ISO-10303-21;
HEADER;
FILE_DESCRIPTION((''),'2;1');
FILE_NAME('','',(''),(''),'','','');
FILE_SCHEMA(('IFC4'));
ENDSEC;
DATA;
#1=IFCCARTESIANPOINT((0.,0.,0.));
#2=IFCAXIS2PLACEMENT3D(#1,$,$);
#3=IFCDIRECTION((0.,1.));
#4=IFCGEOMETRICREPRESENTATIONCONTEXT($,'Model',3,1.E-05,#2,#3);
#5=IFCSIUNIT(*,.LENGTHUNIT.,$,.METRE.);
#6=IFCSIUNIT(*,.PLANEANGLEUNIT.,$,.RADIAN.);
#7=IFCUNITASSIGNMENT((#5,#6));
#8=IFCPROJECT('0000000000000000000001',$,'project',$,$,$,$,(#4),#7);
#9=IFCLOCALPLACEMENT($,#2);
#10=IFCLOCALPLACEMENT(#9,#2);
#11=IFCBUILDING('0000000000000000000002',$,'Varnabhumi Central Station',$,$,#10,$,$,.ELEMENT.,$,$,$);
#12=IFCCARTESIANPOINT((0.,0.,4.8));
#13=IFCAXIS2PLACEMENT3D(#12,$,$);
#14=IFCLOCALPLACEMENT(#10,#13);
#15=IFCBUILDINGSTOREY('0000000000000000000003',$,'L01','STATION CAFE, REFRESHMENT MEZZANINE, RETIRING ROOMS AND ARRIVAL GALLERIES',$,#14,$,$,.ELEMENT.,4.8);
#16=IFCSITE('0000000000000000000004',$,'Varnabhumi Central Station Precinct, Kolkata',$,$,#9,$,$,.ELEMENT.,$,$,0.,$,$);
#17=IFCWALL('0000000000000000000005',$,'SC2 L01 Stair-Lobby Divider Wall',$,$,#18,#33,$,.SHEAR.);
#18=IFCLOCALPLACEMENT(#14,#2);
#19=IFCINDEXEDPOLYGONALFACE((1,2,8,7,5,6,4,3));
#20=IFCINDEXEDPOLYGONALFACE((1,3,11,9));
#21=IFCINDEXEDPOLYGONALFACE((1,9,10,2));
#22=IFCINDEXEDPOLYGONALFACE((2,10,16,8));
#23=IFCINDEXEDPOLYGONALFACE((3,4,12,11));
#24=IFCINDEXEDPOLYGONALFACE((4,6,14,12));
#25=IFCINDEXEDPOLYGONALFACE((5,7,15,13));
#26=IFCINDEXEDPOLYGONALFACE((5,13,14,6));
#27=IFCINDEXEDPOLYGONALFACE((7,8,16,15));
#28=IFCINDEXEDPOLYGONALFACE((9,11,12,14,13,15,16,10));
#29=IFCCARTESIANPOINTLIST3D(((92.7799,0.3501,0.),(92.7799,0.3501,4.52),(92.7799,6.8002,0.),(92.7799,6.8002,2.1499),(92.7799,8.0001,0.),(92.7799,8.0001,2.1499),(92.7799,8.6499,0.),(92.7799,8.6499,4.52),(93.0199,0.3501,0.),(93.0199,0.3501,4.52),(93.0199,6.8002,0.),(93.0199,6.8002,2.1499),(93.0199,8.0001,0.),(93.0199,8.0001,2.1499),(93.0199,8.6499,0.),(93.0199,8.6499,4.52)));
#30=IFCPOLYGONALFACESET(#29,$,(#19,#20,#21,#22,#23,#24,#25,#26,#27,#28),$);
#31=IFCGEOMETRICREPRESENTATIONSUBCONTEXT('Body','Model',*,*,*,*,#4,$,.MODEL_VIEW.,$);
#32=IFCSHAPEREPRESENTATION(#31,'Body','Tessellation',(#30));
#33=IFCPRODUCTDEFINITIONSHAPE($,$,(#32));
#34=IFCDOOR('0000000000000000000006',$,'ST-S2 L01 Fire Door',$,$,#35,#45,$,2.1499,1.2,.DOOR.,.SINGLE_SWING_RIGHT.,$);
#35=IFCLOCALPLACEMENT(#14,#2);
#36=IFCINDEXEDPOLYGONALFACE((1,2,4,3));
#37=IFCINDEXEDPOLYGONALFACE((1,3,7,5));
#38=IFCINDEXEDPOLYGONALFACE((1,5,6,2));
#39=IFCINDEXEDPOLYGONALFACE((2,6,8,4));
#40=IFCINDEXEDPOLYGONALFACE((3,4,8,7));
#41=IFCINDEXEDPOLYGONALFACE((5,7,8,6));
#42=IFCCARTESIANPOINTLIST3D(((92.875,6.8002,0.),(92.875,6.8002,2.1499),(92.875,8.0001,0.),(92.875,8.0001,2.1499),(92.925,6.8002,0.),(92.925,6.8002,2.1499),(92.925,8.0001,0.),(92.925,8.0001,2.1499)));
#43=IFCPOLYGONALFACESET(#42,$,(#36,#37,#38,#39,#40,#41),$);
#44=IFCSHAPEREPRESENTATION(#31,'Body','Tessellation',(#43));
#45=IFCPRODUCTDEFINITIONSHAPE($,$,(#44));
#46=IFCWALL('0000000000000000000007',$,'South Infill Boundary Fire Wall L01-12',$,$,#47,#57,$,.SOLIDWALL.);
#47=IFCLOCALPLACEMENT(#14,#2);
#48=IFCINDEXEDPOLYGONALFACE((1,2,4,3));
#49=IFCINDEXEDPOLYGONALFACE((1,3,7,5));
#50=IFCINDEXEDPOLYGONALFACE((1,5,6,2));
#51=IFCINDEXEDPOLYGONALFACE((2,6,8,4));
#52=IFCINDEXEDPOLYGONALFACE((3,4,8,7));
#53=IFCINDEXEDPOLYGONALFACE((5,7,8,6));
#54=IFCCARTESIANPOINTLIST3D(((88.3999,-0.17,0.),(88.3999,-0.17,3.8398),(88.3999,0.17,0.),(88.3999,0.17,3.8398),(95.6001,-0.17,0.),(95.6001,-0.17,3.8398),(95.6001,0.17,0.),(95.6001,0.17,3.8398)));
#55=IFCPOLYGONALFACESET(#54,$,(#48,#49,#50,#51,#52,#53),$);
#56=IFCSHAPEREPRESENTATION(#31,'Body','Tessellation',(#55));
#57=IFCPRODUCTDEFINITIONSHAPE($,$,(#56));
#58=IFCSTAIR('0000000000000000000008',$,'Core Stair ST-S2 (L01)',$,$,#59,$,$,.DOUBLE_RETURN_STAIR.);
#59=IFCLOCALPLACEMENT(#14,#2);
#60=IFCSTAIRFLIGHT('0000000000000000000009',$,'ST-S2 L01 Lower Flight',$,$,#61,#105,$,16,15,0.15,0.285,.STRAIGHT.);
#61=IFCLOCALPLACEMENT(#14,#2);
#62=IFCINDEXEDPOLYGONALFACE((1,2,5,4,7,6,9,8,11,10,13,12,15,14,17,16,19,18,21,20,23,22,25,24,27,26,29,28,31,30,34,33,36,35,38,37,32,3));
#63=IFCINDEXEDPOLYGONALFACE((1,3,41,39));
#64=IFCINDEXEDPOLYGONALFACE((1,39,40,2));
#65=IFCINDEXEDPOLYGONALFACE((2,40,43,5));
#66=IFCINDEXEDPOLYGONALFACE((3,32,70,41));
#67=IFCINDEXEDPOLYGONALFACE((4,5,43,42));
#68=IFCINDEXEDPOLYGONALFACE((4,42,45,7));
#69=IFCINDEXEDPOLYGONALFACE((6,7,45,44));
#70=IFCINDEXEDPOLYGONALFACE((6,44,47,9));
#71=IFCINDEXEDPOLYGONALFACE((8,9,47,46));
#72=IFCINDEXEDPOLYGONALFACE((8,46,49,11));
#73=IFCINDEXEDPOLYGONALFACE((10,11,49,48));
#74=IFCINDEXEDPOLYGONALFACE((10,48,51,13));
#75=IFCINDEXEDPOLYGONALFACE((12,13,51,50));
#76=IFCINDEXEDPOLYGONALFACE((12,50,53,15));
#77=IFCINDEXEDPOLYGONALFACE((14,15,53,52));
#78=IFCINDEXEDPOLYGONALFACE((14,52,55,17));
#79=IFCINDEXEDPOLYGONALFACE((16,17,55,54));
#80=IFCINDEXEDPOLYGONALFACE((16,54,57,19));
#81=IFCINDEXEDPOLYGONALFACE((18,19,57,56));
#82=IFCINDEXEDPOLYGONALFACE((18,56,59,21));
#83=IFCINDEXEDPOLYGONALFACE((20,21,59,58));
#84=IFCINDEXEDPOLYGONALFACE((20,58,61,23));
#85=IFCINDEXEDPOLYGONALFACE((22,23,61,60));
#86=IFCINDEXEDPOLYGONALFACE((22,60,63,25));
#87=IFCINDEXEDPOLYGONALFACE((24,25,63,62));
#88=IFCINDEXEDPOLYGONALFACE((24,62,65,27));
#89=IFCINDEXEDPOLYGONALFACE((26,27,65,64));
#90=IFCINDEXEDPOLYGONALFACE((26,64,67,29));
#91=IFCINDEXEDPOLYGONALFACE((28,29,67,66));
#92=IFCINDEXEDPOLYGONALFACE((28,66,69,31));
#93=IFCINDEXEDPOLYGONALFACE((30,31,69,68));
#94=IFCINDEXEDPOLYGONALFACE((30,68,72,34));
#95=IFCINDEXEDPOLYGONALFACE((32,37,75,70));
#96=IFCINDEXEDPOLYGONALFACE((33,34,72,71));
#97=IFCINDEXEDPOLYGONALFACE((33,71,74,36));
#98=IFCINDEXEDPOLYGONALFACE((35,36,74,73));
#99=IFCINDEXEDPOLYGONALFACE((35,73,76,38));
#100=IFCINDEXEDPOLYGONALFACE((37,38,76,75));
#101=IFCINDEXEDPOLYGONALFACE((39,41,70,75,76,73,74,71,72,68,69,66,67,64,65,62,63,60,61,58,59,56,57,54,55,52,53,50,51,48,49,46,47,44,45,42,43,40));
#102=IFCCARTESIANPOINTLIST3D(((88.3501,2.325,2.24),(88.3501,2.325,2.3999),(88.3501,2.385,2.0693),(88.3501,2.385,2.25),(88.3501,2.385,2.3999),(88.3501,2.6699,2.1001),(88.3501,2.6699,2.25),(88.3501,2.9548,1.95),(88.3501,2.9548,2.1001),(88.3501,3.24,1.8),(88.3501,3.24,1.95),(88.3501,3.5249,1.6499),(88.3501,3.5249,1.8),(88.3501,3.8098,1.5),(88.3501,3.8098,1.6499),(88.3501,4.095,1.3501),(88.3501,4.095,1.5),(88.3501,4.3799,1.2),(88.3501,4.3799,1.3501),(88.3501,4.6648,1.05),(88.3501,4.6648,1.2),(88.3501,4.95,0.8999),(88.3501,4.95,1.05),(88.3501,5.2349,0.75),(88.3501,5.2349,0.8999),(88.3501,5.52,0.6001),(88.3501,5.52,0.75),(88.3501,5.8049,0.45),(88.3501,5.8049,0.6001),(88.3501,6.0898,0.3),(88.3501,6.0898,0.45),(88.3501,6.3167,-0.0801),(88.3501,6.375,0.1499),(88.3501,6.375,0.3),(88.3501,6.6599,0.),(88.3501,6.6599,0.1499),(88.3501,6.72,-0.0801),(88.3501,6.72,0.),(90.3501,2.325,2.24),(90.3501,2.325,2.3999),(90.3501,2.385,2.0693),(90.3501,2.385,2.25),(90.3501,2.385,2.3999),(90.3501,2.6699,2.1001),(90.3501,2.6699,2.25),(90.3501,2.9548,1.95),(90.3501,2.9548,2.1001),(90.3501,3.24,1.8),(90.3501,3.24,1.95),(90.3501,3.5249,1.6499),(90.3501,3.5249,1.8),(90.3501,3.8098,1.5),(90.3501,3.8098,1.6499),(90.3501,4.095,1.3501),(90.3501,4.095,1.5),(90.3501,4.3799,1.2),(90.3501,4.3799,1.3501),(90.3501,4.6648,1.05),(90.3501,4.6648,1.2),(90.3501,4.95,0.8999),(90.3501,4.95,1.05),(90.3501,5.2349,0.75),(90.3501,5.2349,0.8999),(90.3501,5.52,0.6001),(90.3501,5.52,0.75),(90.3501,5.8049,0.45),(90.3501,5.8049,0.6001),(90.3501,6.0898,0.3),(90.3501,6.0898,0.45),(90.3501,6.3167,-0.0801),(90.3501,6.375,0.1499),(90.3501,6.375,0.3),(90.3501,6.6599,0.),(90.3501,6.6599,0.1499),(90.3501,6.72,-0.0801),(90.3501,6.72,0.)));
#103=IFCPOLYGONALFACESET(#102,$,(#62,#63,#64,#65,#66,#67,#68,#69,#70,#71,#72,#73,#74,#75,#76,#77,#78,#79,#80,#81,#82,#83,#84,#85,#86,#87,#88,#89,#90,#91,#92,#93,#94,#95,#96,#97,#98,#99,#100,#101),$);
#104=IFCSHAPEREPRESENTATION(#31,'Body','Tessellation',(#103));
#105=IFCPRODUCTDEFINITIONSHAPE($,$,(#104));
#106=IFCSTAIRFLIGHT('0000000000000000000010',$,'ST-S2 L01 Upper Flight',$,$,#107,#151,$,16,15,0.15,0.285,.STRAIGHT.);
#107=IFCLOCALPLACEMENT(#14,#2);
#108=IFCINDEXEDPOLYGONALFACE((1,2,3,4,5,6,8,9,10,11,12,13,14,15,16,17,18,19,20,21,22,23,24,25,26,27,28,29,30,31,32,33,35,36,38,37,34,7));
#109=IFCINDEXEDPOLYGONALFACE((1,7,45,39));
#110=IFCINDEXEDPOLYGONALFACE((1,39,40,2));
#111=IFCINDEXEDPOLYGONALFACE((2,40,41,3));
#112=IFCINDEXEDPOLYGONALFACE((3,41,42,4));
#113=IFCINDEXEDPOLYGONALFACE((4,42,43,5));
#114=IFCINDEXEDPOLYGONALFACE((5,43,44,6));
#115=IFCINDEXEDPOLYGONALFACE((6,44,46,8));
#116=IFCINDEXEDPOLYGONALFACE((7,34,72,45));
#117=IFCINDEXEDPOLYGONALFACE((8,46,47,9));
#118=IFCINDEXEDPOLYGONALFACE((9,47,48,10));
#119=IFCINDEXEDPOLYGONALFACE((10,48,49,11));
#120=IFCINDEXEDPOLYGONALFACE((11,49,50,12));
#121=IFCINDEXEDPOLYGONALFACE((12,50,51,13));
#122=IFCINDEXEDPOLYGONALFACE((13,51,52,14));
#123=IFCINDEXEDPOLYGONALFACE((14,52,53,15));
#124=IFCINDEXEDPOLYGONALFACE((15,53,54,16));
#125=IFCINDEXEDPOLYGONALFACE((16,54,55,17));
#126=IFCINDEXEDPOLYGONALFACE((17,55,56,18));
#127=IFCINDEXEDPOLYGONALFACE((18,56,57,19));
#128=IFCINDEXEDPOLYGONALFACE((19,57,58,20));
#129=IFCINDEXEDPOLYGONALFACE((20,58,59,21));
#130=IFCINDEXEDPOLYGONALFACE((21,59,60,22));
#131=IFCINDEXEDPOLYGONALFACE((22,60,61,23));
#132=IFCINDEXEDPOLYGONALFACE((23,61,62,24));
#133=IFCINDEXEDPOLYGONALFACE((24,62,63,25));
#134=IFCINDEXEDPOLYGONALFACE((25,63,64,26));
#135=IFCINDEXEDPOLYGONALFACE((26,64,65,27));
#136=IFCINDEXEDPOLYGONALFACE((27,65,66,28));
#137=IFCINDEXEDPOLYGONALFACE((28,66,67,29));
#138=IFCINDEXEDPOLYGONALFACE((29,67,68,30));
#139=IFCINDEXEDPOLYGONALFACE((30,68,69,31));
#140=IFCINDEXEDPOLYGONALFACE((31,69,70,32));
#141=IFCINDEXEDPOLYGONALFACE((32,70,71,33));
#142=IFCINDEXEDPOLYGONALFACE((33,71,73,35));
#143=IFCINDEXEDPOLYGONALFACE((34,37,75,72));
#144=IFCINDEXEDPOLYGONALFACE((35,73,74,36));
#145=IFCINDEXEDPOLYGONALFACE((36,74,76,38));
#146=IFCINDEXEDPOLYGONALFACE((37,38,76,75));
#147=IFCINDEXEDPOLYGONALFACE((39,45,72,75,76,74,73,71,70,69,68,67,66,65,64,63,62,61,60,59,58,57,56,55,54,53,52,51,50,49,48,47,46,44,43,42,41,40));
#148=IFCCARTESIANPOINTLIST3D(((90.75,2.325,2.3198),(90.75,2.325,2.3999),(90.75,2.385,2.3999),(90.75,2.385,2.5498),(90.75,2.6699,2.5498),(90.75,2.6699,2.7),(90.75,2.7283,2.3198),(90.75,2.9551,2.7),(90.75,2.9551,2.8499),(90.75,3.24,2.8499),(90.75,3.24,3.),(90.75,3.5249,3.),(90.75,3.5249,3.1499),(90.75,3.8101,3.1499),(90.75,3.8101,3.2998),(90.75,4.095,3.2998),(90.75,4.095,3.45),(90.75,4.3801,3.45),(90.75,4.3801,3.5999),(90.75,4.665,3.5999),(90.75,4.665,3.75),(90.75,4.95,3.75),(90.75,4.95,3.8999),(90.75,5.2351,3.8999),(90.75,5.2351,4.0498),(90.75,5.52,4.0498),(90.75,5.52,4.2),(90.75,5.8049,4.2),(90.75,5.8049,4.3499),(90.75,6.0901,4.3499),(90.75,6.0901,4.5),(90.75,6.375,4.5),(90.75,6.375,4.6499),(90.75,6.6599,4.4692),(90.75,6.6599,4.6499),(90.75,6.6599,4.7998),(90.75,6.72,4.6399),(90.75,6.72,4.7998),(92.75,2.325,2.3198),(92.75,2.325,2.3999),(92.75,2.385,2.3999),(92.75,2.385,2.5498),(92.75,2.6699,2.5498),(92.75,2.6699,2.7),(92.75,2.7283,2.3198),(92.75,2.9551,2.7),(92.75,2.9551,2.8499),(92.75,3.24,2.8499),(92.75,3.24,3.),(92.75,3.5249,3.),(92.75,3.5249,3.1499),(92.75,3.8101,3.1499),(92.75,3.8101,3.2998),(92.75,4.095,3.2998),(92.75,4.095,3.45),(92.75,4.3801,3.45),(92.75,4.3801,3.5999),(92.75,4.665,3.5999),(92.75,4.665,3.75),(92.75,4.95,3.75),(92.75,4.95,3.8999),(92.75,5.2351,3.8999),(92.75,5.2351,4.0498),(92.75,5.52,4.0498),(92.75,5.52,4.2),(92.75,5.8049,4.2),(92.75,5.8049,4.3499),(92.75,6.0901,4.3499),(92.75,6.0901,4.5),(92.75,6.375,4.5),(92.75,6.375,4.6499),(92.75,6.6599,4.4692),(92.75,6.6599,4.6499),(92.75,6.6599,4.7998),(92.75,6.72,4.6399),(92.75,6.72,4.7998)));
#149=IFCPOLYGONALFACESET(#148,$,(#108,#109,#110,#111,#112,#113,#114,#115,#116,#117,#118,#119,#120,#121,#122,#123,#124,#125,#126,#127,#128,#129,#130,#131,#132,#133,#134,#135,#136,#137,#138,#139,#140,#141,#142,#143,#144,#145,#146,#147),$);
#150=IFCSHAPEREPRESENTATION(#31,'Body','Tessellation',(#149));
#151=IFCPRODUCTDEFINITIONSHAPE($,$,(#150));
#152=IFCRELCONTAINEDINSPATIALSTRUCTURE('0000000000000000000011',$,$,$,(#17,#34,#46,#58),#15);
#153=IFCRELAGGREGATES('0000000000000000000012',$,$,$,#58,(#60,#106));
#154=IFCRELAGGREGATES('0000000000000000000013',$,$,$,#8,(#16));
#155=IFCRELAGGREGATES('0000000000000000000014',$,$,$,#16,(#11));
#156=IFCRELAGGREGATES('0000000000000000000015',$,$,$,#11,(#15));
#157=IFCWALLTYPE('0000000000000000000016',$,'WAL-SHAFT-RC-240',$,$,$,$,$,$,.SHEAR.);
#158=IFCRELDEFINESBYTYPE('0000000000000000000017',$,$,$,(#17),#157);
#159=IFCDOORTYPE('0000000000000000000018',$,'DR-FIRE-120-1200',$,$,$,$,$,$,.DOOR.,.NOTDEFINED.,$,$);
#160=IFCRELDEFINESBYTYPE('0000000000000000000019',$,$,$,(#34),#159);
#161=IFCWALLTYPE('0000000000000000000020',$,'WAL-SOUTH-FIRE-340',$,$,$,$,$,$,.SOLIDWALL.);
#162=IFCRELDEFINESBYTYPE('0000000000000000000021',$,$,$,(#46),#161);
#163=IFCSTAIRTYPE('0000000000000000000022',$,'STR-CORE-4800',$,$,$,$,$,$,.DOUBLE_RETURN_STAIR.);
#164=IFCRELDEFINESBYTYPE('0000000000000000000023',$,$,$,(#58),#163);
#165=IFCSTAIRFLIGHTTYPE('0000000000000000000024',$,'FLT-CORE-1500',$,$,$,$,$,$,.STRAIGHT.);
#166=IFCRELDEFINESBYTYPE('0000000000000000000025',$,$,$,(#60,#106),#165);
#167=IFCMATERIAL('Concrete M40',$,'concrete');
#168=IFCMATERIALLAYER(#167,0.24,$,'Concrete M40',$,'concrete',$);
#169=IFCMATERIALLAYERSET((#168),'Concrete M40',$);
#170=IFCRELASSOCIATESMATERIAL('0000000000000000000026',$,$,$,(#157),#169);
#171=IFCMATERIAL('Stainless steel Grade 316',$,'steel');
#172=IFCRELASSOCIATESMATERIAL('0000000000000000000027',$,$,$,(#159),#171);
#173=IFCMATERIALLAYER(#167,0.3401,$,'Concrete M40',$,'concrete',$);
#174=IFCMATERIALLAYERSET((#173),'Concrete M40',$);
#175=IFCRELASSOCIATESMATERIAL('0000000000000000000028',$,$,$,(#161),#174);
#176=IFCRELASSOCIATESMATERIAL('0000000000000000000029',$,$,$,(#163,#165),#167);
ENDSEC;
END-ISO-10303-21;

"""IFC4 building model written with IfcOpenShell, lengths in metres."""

from ifc_helpers import new_model, si_unit, direction, frame, frame_2d, origin, place, context, subcontext, project, spatial, polyline, rectangle, outline, extrude, material, layer, layer_set, type_object, element, fill, aggregate, save


model = new_model("IFC4")

# Units and contexts
model_context = context("Model", 3, precision=1e-05, world=origin(), true_north=direction((0.0, 1.0)))
body_context = subcontext(model_context, "Body", "Model", "MODEL_VIEW")
ifc_project = project(units=[si_unit("LENGTHUNIT", "METRE"), si_unit("PLANEANGLEUNIT", "RADIAN")], contexts=[model_context])

# Site, building, storey
site_placement = place(None, origin())
site = spatial("IfcSite", under=ifc_project, at=site_placement, Name="Varnabhumi Central Station Precinct, Kolkata", CompositionType="ELEMENT", RefElevation=0.0)
building_placement = place(site_placement, origin())
building = spatial("IfcBuilding", under=site, at=building_placement, Name="Varnabhumi Central Station", CompositionType="ELEMENT")
storey_placement = place(building_placement, frame((0.0, 0.0, 4.8)))
storey = spatial("IfcBuildingStorey", under=building, at=storey_placement, Name="L01", Description="STATION CAFE, REFRESHMENT MEZZANINE, RETIRING ROOMS AND ARRIVAL GALLERIES", CompositionType="ELEMENT", Elevation=4.8)

# Shared definitions
ifc_material_1 = material(Name="Concrete M40", Category="concrete")

# Wall, opening, door
ifc_layer_1 = layer(ifc_material_1, 0.24, Name="Concrete M40", Category="concrete")
ifc_layer_set_1 = layer_set([ifc_layer_1], Name="Concrete M40")
wall_type_1 = type_object("IfcWallType", Name="WAL-SHAFT-RC-240", PredefinedType="SHEAR", material=ifc_layer_set_1)
wall_1_placement = place(storey_placement, frame((92.8999, 0.3501, 0.0), z_axis=(0.0, 0.0, 1.0), x_axis=(0.0, 1.0, 0.0)))
wall_1 = element("IfcWall", 1, at=wall_1_placement, inside=storey, type_object=wall_type_1, Name="SC2 L01 Stair-Lobby Divider Wall", PredefinedType="SHEAR", context=body_context, shape_type="SweptSolid", body=[
    extrude(rectangle(XDim=8.2998, YDim=0.24, at=frame_2d((4.1499, 0.0))), origin(), (0.0, 0.0, 1.0), 4.52),
])
opening_1_placement = place(wall_1_placement, frame((6.45, 0.0, 0.0)))
opening_1 = element("IfcOpeningElement", 2, at=opening_1_placement, cuts=wall_1, PredefinedType="OPENING", context=body_context, shape_type="SweptSolid", body=[
    extrude(rectangle(XDim=1.2, YDim=2.1499, at=frame_2d((0.6001, 1.075))), frame((0.0, 0.1299, 0.0), z_axis=(0.0, -1.0, 0.0), x_axis=(1.0, 0.0, 0.0)), (0.0, 0.0, 1.0), 0.26),
])
ifc_material_2 = material(Name="Stainless steel Grade 316", Category="steel")
door_type_1 = type_object("IfcDoorType", Name="DR-FIRE-120-1200", OperationType="NOTDEFINED", PredefinedType="DOOR", material=ifc_material_2)
door_1_placement = place(opening_1_placement, origin())
door_1 = element("IfcDoor", 3, at=door_1_placement, inside=storey, type_object=door_type_1, Name="ST-S2 L01 Fire Door", OperationType="SINGLE_SWING_RIGHT", OverallHeight=2.1499, OverallWidth=1.2, PredefinedType="DOOR", context=body_context, shape_type="SweptSolid", body=[
    extrude(rectangle(XDim=1.2, YDim=2.1499, at=frame_2d((0.6001, 1.075))), frame((0.0, 0.0249, 0.0), z_axis=(0.0, -1.0, 0.0), x_axis=(1.0, 0.0, 0.0)), (0.0, 0.0, 1.0), 0.05),
])
fill(opening_1, door_1)

# Wall
ifc_layer_2 = layer(ifc_material_1, 0.3401, Name="Concrete M40", Category="concrete")
ifc_layer_set_2 = layer_set([ifc_layer_2], Name="Concrete M40")
wall_type_2 = type_object("IfcWallType", Name="WAL-SOUTH-FIRE-340", PredefinedType="SOLIDWALL", material=ifc_layer_set_2)
wall_2_placement = place(storey_placement, frame((88.3999, 0.0, 0.0), z_axis=(0.0, 0.0, 1.0), x_axis=(1.0, 0.0, 0.0)))
element("IfcWall", 4, at=wall_2_placement, inside=storey, type_object=wall_type_2, Name="South Infill Boundary Fire Wall L01-12", PredefinedType="SOLIDWALL", context=body_context, shape_type="SweptSolid", body=[
    extrude(rectangle(XDim=7.2002, YDim=0.3401, at=frame_2d((3.6001, 0.0))), origin(), (0.0, 0.0, 1.0), 3.8398),
])

# Stair, stair flights
stair_type = type_object("IfcStairType", Name="STR-CORE-4800", PredefinedType="DOUBLE_RETURN_STAIR", material=ifc_material_1)
stair_placement = place(storey_placement, origin())
stair = element("IfcStair", 5, at=stair_placement, inside=storey, type_object=stair_type, Name="Core Stair ST-S2 (L01)", PredefinedType="DOUBLE_RETURN_STAIR")
stair_flight_type = type_object("IfcStairFlightType", Name="FLT-CORE-1500", PredefinedType="STRAIGHT", material=ifc_material_1)
stair_flight_1_placement = place(storey_placement, frame((89.3501, 6.6599, 0.0), z_axis=(0.0, 0.0, 1.0), x_axis=(0.0, -1.0, 0.0)))
stair_flight_1 = element("IfcStairFlight", 6, at=stair_flight_1_placement, type_object=stair_flight_type, Name="ST-S2 L01 Lower Flight", NumberOfRisers=16, NumberOfTreads=15, PredefinedType="STRAIGHT", RiserHeight=0.15, TreadLength=0.285, context=body_context, shape_type="SweptSolid", body=[
    extrude(outline(polyline([(-0.0601, -0.0801), (-0.0601, 0.0), (0.0, 0.0), (0.0, 0.1499), (0.2849, 0.1499), (0.2849, 0.3), (0.5701, 0.3), (0.5701, 0.45), (0.855, 0.45), (0.855, 0.6001), (1.1399, 0.6001), (1.1399, 0.75), (1.425, 0.75), (1.425, 0.8999), (1.71, 0.8999), (1.71, 1.05), (1.9951, 1.05), (1.9951, 1.2), (2.28, 1.2), (2.28, 1.3501), (2.5649, 1.3501), (2.5649, 1.5), (2.8501, 1.5), (2.8501, 1.6499), (3.135, 1.6499), (3.135, 1.8), (3.4199, 1.8), (3.4199, 1.95), (3.7051, 1.95), (3.7051, 2.1001), (3.99, 2.1001), (3.99, 2.25), (4.2749, 2.25), (4.2749, 2.3999), (4.335, 2.3999), (4.335, 2.24), (4.2749, 2.0693), (0.3433, -0.0801), (-0.0601, -0.0801)])), frame((0.0, 1.0, 0.0), z_axis=(0.0, -1.0, 0.0), x_axis=(1.0, 0.0, 0.0)), (0.0, 0.0, 1.0), 2.0),
])
stair_flight_2_placement = place(storey_placement, frame((91.75, 2.385, 2.3999), z_axis=(0.0, 0.0, 1.0), x_axis=(0.0, 1.0, 0.0)))
stair_flight_2 = element("IfcStairFlight", 7, at=stair_flight_2_placement, type_object=stair_flight_type, Name="ST-S2 L01 Upper Flight", NumberOfRisers=16, NumberOfTreads=15, PredefinedType="STRAIGHT", RiserHeight=0.15, TreadLength=0.285, context=body_context, shape_type="SweptSolid", body=[
    extrude(outline(polyline([(-0.0601, -0.0801), (-0.0601, 0.0), (0.0, 0.0), (0.0, 0.1499), (0.2849, 0.1499), (0.2849, 0.3), (0.5701, 0.3), (0.5701, 0.45), (0.855, 0.45), (0.855, 0.6001), (1.1399, 0.6001), (1.1399, 0.75), (1.425, 0.75), (1.425, 0.8999), (1.71, 0.8999), (1.71, 1.05), (1.9951, 1.05), (1.9951, 1.2), (2.28, 1.2), (2.28, 1.3501), (2.5649, 1.3501), (2.5649, 1.5), (2.8501, 1.5), (2.8501, 1.6499), (3.135, 1.6499), (3.135, 1.8), (3.4199, 1.8), (3.4199, 1.95), (3.7051, 1.95), (3.7051, 2.1001), (3.99, 2.1001), (3.99, 2.25), (4.2749, 2.25), (4.2749, 2.3999), (4.335, 2.3999), (4.335, 2.24), (4.2749, 2.0693), (0.3433, -0.0801), (-0.0601, -0.0801)])), frame((0.0, 1.0, 0.0), z_axis=(0.0, -1.0, 0.0), x_axis=(1.0, 0.0, 0.0)), (0.0, 0.0, 1.0), 2.0),
])
aggregate(stair, [stair_flight_1, stair_flight_2])

save(model, "model.ifc")
